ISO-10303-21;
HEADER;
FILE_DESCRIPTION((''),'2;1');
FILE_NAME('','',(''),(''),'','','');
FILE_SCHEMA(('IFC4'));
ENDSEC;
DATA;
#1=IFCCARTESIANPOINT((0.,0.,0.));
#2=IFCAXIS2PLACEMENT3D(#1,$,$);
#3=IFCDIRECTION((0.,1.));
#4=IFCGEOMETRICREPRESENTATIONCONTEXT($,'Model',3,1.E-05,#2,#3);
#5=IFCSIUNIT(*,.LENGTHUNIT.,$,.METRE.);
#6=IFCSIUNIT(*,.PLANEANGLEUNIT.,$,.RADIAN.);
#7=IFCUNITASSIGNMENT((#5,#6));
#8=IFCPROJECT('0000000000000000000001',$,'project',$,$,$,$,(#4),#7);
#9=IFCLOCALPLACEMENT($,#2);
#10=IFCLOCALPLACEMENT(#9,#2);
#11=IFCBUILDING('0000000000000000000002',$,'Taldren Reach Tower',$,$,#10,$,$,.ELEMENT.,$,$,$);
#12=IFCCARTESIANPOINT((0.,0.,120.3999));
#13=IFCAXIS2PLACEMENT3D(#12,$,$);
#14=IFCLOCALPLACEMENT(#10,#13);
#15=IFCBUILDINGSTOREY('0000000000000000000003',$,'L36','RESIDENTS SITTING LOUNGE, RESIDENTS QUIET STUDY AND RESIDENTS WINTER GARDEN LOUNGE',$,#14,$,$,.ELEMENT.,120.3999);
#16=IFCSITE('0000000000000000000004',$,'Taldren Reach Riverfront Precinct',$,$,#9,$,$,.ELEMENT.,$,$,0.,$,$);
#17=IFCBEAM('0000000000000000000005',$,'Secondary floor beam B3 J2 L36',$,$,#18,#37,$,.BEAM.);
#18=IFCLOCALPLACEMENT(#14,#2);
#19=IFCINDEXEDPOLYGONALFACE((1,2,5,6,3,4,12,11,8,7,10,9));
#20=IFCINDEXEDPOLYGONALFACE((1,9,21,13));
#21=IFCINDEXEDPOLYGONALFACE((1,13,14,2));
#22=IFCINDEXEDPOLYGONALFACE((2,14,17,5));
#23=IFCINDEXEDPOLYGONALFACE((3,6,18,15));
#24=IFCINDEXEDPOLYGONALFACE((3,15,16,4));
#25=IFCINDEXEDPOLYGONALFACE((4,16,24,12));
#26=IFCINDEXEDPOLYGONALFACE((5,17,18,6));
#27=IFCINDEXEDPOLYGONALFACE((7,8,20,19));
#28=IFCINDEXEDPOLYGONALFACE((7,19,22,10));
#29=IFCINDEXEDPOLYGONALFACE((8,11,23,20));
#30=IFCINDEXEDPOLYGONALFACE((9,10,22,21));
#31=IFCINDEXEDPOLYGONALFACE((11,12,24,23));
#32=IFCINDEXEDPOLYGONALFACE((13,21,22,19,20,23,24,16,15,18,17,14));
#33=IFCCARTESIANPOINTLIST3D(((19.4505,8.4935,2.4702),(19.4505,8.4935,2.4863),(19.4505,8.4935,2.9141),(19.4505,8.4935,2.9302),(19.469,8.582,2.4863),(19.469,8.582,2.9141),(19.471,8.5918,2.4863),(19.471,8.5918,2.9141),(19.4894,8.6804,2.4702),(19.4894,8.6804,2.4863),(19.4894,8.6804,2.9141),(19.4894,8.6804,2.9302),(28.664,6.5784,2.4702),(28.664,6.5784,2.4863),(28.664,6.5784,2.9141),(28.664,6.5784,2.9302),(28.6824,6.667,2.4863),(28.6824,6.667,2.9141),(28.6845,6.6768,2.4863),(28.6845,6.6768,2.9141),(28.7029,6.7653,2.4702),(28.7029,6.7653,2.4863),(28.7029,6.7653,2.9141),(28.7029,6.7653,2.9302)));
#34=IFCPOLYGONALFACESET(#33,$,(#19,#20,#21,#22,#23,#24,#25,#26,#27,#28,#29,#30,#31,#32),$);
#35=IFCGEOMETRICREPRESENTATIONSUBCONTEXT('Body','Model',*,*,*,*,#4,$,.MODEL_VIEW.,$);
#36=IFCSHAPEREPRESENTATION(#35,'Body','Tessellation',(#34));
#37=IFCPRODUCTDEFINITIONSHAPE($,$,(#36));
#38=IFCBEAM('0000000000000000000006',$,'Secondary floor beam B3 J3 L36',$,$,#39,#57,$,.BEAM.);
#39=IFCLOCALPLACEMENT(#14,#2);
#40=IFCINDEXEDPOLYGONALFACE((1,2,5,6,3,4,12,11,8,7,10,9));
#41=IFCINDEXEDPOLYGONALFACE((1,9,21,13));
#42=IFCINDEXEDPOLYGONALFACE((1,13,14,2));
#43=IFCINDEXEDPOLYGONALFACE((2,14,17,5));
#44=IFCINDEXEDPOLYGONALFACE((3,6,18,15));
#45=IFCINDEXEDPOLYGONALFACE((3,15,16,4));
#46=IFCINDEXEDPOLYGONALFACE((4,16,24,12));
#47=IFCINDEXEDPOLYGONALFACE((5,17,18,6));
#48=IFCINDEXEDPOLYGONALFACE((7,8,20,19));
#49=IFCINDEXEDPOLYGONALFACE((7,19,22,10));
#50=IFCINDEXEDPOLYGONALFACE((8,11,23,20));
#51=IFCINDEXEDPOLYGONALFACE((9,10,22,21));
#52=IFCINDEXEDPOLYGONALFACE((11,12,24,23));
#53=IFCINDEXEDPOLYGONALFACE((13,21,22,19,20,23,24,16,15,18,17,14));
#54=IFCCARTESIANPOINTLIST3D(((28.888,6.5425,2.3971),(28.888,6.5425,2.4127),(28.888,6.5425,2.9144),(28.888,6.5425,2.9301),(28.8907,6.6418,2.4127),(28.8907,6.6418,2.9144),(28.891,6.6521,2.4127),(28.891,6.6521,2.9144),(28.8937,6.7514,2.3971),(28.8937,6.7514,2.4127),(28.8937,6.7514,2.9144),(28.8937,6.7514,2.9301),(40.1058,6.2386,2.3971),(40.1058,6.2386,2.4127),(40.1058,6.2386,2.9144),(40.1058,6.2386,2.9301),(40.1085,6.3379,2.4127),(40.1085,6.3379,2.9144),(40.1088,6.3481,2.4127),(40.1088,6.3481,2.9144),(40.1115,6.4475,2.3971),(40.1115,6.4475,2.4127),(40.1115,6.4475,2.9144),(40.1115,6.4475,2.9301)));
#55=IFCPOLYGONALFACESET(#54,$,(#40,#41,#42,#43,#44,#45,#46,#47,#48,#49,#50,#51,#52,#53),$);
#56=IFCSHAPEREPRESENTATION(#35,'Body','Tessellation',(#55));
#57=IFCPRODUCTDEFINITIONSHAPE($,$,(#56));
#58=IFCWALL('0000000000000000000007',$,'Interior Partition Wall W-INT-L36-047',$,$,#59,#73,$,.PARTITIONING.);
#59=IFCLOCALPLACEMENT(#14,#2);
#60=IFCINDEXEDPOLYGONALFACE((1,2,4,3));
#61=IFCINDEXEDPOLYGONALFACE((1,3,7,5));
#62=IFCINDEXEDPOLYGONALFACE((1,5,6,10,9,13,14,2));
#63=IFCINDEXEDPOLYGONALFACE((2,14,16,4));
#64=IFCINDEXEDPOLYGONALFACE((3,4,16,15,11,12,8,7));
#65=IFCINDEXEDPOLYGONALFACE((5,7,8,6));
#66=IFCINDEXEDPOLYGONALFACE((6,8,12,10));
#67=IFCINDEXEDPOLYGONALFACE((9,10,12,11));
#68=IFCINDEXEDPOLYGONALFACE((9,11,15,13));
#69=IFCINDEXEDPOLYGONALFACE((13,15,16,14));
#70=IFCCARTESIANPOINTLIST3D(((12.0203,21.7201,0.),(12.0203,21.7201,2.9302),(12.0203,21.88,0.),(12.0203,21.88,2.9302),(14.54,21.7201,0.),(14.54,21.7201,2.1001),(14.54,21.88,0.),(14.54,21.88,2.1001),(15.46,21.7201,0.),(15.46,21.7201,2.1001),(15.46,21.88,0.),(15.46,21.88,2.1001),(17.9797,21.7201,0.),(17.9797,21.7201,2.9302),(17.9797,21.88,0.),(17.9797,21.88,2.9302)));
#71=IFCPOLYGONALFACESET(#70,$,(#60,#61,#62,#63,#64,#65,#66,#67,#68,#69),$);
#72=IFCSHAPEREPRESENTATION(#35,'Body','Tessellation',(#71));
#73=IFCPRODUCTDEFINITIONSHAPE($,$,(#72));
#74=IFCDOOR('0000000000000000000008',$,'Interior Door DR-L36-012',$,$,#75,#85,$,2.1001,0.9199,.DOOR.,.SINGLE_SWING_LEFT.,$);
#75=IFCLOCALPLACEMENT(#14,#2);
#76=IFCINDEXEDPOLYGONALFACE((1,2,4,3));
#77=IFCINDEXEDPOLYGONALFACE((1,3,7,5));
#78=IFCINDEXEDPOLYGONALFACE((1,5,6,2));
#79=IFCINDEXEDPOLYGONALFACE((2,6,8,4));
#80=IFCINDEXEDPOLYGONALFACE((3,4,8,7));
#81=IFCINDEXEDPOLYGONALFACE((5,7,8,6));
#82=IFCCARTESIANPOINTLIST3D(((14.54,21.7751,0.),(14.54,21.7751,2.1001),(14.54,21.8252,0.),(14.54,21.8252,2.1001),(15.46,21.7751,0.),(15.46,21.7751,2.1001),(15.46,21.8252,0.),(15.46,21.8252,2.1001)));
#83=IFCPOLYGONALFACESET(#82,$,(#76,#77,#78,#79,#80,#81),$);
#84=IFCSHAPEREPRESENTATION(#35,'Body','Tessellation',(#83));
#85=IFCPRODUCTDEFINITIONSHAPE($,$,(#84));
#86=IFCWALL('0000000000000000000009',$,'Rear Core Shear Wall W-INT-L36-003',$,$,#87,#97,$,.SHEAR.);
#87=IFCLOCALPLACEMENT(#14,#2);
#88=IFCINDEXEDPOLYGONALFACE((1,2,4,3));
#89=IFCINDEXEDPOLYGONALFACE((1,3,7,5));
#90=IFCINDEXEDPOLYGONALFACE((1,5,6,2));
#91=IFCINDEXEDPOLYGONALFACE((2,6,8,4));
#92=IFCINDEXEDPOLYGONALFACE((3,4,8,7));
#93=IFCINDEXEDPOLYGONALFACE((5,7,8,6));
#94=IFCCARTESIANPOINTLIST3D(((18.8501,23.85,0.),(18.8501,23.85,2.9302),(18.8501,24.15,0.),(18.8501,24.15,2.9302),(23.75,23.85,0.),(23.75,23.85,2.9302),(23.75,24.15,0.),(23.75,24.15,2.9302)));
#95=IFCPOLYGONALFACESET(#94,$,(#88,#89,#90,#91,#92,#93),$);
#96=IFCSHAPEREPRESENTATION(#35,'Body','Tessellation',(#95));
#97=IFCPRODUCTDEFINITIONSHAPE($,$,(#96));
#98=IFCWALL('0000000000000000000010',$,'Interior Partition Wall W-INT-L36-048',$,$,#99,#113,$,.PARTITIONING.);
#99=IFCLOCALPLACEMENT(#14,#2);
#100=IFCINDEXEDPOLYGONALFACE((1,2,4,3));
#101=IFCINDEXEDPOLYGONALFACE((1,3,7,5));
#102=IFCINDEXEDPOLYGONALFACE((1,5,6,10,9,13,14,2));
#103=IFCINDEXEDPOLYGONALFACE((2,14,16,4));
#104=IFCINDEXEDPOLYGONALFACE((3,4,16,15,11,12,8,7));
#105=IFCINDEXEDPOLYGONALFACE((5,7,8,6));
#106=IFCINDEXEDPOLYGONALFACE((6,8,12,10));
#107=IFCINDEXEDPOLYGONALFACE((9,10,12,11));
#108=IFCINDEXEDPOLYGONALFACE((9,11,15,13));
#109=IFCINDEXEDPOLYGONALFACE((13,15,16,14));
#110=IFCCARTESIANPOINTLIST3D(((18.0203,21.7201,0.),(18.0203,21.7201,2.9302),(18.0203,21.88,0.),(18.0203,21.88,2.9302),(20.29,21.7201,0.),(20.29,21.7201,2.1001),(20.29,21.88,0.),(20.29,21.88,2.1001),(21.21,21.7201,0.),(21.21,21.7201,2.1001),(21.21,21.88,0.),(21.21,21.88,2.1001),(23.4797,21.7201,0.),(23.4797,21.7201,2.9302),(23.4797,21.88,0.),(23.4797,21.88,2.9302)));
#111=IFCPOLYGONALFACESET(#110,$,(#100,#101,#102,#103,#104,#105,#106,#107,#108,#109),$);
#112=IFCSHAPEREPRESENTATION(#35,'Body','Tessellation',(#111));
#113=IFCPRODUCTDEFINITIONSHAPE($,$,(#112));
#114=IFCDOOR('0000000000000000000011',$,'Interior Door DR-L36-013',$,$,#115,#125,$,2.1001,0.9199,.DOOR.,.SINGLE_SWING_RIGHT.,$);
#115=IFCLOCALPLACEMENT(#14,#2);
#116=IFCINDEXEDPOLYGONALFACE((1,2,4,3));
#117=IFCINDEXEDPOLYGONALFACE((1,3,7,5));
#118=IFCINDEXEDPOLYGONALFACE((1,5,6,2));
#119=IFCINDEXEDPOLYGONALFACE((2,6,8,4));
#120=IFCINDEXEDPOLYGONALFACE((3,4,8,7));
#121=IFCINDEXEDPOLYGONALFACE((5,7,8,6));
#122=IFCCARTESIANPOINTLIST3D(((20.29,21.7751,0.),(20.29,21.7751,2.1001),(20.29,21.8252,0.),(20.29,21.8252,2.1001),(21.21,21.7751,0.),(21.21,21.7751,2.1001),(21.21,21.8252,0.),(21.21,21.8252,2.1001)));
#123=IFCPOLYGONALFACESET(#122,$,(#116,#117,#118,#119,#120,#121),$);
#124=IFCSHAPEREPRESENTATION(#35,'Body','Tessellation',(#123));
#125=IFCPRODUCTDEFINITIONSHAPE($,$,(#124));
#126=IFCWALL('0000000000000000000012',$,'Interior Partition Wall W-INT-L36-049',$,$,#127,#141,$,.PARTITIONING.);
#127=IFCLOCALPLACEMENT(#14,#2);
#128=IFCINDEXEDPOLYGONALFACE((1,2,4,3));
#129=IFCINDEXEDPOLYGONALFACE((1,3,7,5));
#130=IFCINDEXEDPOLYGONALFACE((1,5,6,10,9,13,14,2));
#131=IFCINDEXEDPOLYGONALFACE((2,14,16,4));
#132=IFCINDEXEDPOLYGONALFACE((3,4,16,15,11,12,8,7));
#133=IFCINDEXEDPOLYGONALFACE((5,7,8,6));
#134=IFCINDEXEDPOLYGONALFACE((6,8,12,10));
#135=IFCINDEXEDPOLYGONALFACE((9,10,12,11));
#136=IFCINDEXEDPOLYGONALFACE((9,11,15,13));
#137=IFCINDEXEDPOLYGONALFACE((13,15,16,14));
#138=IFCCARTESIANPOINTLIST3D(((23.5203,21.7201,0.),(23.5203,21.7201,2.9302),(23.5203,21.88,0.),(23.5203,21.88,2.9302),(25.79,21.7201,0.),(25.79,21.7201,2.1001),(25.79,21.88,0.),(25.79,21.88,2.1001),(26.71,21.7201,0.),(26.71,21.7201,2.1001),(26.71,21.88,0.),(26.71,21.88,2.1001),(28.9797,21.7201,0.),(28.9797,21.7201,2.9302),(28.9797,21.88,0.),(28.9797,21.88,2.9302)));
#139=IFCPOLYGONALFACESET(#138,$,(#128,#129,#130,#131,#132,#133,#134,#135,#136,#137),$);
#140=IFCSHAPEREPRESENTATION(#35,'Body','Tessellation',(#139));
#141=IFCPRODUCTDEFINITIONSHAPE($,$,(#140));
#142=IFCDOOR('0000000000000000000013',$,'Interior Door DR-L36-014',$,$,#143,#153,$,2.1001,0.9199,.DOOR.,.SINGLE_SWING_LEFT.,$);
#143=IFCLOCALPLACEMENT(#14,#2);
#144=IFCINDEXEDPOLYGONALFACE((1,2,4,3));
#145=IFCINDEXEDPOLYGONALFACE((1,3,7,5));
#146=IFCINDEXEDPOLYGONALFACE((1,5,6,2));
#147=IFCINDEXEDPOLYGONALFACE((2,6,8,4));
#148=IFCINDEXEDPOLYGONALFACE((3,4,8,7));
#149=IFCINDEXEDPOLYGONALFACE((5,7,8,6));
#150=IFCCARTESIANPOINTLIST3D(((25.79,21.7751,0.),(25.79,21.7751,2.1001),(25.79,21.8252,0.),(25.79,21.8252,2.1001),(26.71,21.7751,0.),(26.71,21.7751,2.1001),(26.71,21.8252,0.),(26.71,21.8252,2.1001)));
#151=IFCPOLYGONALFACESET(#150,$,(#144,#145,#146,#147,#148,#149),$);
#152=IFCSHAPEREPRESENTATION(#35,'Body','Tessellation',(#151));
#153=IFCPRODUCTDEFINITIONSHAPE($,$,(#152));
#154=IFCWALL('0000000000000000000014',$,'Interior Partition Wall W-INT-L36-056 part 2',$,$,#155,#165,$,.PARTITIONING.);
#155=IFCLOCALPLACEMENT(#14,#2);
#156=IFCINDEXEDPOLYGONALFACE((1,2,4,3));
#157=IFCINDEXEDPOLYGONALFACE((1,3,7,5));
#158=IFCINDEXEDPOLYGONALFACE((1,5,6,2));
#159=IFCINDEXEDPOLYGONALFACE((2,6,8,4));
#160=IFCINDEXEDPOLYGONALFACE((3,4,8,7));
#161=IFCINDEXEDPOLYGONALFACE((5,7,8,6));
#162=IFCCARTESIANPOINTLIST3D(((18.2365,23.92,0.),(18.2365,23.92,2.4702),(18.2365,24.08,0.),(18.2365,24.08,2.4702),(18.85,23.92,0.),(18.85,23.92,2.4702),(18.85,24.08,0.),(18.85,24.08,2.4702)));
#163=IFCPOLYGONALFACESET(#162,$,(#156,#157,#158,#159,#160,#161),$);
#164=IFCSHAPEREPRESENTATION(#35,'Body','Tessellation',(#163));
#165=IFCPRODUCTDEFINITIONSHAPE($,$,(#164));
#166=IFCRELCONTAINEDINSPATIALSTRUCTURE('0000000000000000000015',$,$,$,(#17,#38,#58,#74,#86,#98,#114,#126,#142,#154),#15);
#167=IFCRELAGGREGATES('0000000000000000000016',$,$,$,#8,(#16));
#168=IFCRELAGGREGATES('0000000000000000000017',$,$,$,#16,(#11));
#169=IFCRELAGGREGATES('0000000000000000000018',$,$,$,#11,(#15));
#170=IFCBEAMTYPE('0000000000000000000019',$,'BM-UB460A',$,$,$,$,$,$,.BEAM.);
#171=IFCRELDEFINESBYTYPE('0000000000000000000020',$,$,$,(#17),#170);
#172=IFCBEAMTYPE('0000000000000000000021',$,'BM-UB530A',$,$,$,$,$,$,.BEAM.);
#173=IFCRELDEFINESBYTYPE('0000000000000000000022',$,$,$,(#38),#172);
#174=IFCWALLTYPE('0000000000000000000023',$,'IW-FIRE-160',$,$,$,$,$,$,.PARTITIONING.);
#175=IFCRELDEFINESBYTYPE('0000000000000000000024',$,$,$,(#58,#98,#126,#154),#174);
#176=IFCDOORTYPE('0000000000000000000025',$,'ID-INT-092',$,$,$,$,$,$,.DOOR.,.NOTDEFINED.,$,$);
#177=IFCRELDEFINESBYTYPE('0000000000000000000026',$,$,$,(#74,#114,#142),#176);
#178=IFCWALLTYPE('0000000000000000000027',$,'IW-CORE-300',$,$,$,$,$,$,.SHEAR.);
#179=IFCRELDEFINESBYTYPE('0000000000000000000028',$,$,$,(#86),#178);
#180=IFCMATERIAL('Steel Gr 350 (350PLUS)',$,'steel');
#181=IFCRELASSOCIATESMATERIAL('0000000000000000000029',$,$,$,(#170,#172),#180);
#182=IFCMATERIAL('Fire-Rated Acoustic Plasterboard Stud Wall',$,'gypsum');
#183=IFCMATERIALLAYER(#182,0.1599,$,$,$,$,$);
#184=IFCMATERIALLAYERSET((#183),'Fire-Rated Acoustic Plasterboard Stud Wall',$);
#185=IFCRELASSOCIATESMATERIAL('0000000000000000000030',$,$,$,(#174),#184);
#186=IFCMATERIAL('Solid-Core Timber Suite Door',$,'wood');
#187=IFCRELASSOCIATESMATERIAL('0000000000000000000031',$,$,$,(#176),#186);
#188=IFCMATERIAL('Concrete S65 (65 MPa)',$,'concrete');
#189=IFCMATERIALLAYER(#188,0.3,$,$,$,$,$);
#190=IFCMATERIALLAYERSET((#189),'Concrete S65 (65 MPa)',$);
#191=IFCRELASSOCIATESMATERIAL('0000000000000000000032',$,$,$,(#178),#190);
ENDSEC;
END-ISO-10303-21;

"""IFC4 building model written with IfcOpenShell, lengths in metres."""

from ifc_helpers import new_model, si_unit, direction, frame, frame_2d, origin, origin_2d, place, context, subcontext, project, spatial, rectangle, i_section, extrude, source, transform, mapped, material, layer, layer_set, material_profile, profile_set, type_object, element, fill, save


model = new_model("IFC4")

# Units and contexts
model_context = context("Model", 3, precision=1e-05, world=origin(), true_north=direction((0.0, 1.0)))
body_context = subcontext(model_context, "Body", "Model", "MODEL_VIEW")
ifc_project = project(units=[si_unit("LENGTHUNIT", "METRE"), si_unit("PLANEANGLEUNIT", "RADIAN")], contexts=[model_context])

# Site, building, storey
site_placement = place(None, origin())
site = spatial("IfcSite", under=ifc_project, at=site_placement, Name="Taldren Reach Riverfront Precinct", CompositionType="ELEMENT", RefElevation=0.0)
building_placement = place(site_placement, origin())
building = spatial("IfcBuilding", under=site, at=building_placement, Name="Taldren Reach Tower", CompositionType="ELEMENT")
storey_placement = place(building_placement, frame((0.0, 0.0, 120.3999)))
storey = spatial("IfcBuildingStorey", under=building, at=storey_placement, Name="L36", Description="RESIDENTS SITTING LOUNGE, RESIDENTS QUIET STUDY AND RESIDENTS WINTER GARDEN LOUNGE", CompositionType="ELEMENT", Elevation=120.3999)

# Shared definitions
ifc_material_1 = material(Name="Steel Gr 350 (350PLUS)", Category="steel")

# Shared definitions
ifc_material_profile_1 = material_profile(ifc_material_1, i_section(OverallWidth=0.1909, OverallDepth=0.46, WebThickness=0.01, FlangeThickness=0.0161, at=origin_2d()), Name="460UB82.1")
ifc_profile_set_1 = profile_set([ifc_material_profile_1], Name="Steel Gr 350 (350PLUS)")
beam_type_1 = type_object("IfcBeamType", Name="BM-UB460A", PredefinedType="BEAM", material=ifc_profile_set_1)
ifc_material_profile_2 = material_profile(ifc_material_1, i_section(OverallWidth=0.209, OverallDepth=0.533, WebThickness=0.0103, FlangeThickness=0.0156, at=origin_2d()), Name="530UB92.4")
ifc_profile_set_2 = profile_set([ifc_material_profile_2], Name="Steel Gr 350 (350PLUS)")
beam_type_2 = type_object("IfcBeamType", Name="BM-UB530A", PredefinedType="BEAM", material=ifc_profile_set_2)

# Beams
shared_shape_1 = source(origin(), body_context, "Body", "SweptSolid", [
    extrude(i_section(OverallWidth=0.1909, OverallDepth=0.46, WebThickness=0.01, FlangeThickness=0.0161, at=origin_2d()), origin(), (0.0, 0.0, 1.0), 9.4104),
])
beam_1_placement = place(storey_placement, frame((19.47, 8.5869, 2.7002), z_axis=(0.979074, -0.203505, 0.0), x_axis=(0.203505, 0.979074, 0.0)))
element("IfcBeam", 1, at=beam_1_placement, inside=storey, type_object=beam_type_1, Name="Secondary floor beam B3 J2 L36", PredefinedType="BEAM", context=body_context, shape_type="MappedRepresentation", body=[
    mapped(shared_shape_1, transform((0.0, 0.0, 0.0), scale=1.0)),
])
shared_shape_2 = source(origin(), body_context, "Body", "SweptSolid", [
    extrude(i_section(OverallWidth=0.209, OverallDepth=0.533, WebThickness=0.0103, FlangeThickness=0.0156, at=origin_2d()), origin(), (0.0, 0.0, 1.0), 11.2219),
])
beam_2_placement = place(storey_placement, frame((28.8909, 6.647, 2.6636), z_axis=(0.999633, -0.027086, 0.0), x_axis=(0.027086, 0.999633, 0.0)))
element("IfcBeam", 2, at=beam_2_placement, inside=storey, type_object=beam_type_2, Name="Secondary floor beam B3 J3 L36", PredefinedType="BEAM", context=body_context, shape_type="MappedRepresentation", body=[
    mapped(shared_shape_2, transform((0.0, 0.0, 0.0), scale=1.0)),
])

# Wall, opening, door
ifc_material_2 = material(Name="Fire-Rated Acoustic Plasterboard Stud Wall", Category="gypsum")
ifc_layer_1 = layer(ifc_material_2, 0.1599)
ifc_layer_set_1 = layer_set([ifc_layer_1], Name="Fire-Rated Acoustic Plasterboard Stud Wall")
wall_type_1 = type_object("IfcWallType", Name="IW-FIRE-160", PredefinedType="PARTITIONING", material=ifc_layer_set_1)
shared_shape_3 = source(origin(), body_context, "Body", "SweptSolid", [
    extrude(rectangle(XDim=5.9595, YDim=0.1599, at=frame_2d((2.9797, 0.0))), origin(), (0.0, 0.0, 1.0), 2.9302),
])
wall_1_placement = place(storey_placement, frame((17.9797, 21.8, 0.0), z_axis=(0.0, 0.0, 1.0), x_axis=(-1.0, 0.0, 0.0)))
wall_1 = element("IfcWall", 3, at=wall_1_placement, inside=storey, type_object=wall_type_1, Name="Interior Partition Wall W-INT-L36-047", PredefinedType="PARTITIONING", context=body_context, shape_type="MappedRepresentation", body=[
    mapped(shared_shape_3, transform((0.0, 0.0, 0.0), scale=1.0)),
])
shared_shape_4 = source(origin(), body_context, "Body", "SweptSolid", [
    extrude(rectangle(XDim=0.9199, YDim=2.1001, at=frame_2d((0.46, 1.05))), frame((0.0, 0.0898, 0.0), z_axis=(0.0, -1.0, 0.0), x_axis=(1.0, 0.0, 0.0)), (0.0, 0.0, 1.0), 0.1799),
])
opening_1_placement = place(wall_1_placement, frame((2.5198, 0.0, 0.0)))
opening_1 = element("IfcOpeningElement", 4, at=opening_1_placement, cuts=wall_1, PredefinedType="OPENING", context=body_context, shape_type="MappedRepresentation", body=[
    mapped(shared_shape_4, transform((0.0, 0.0, 0.0), scale=1.0)),
])
ifc_material_3 = material(Name="Solid-Core Timber Suite Door", Category="wood")
door_type = type_object("IfcDoorType", Name="ID-INT-092", OperationType="NOTDEFINED", PredefinedType="DOOR", material=ifc_material_3)
shared_shape_5 = source(origin(), body_context, "Body", "SweptSolid", [
    extrude(rectangle(XDim=0.9199, YDim=2.1001, at=frame_2d((0.46, 1.05))), frame((0.0, 0.0249, 0.0), z_axis=(0.0, -1.0, 0.0), x_axis=(1.0, 0.0, 0.0)), (0.0, 0.0, 1.0), 0.05),
])
door_1_placement = place(opening_1_placement, origin())
door_1 = element("IfcDoor", 5, at=door_1_placement, inside=storey, type_object=door_type, Name="Interior Door DR-L36-012", OperationType="SINGLE_SWING_LEFT", OverallHeight=2.1001, OverallWidth=0.9199, PredefinedType="DOOR", context=body_context, shape_type="MappedRepresentation", body=[
    mapped(shared_shape_5, transform((0.0, 0.0, 0.0), scale=1.0)),
])
fill(opening_1, door_1)

# Wall
ifc_material_4 = material(Name="Concrete S65 (65 MPa)", Category="concrete")
ifc_layer_2 = layer(ifc_material_4, 0.3)
ifc_layer_set_2 = layer_set([ifc_layer_2], Name="Concrete S65 (65 MPa)")
wall_type_2 = type_object("IfcWallType", Name="IW-CORE-300", PredefinedType="SHEAR", material=ifc_layer_set_2)
shared_shape_6 = source(origin(), body_context, "Body", "SweptSolid", [
    extrude(rectangle(XDim=4.8999, YDim=0.3, at=frame_2d((2.45, 0.0))), origin(), (0.0, 0.0, 1.0), 2.9302),
])
wall_2_placement = place(storey_placement, frame((18.8501, 24.0, 0.0), z_axis=(0.0, 0.0, 1.0), x_axis=(1.0, 0.0, 0.0)))
element("IfcWall", 6, at=wall_2_placement, inside=storey, type_object=wall_type_2, Name="Rear Core Shear Wall W-INT-L36-003", PredefinedType="SHEAR", context=body_context, shape_type="MappedRepresentation", body=[
    mapped(shared_shape_6, transform((0.0, 0.0, 0.0), scale=1.0)),
])

# Walls, openings, doors
shared_shape_7 = source(origin(), body_context, "Body", "SweptSolid", [
    extrude(rectangle(XDim=5.4595, YDim=0.1599, at=frame_2d((2.7297, 0.0))), origin(), (0.0, 0.0, 1.0), 2.9302),
])
wall_3_placement = place(storey_placement, frame((23.4797, 21.8, 0.0), z_axis=(0.0, 0.0, 1.0), x_axis=(-1.0, 0.0, 0.0)))
wall_3 = element("IfcWall", 7, at=wall_3_placement, inside=storey, type_object=wall_type_1, Name="Interior Partition Wall W-INT-L36-048", PredefinedType="PARTITIONING", context=body_context, shape_type="MappedRepresentation", body=[
    mapped(shared_shape_7, transform((0.0, 0.0, 0.0), scale=1.0)),
])
opening_2_placement = place(wall_3_placement, frame((2.2698, 0.0, 0.0)))
opening_2 = element("IfcOpeningElement", 8, at=opening_2_placement, cuts=wall_3, PredefinedType="OPENING", context=body_context, shape_type="MappedRepresentation", body=[
    mapped(shared_shape_4, transform((0.0, 0.0, 0.0), scale=1.0)),
])
door_2_placement = place(opening_2_placement, origin())
door_2 = element("IfcDoor", 9, at=door_2_placement, inside=storey, type_object=door_type, Name="Interior Door DR-L36-013", OperationType="SINGLE_SWING_RIGHT", OverallHeight=2.1001, OverallWidth=0.9199, PredefinedType="DOOR", context=body_context, shape_type="MappedRepresentation", body=[
    mapped(shared_shape_5, transform((0.0, 0.0, 0.0), scale=1.0)),
])
fill(opening_2, door_2)
wall_4_placement = place(storey_placement, frame((28.9797, 21.8, 0.0), z_axis=(0.0, 0.0, 1.0), x_axis=(-1.0, 0.0, 0.0)))
wall_4 = element("IfcWall", 10, at=wall_4_placement, inside=storey, type_object=wall_type_1, Name="Interior Partition Wall W-INT-L36-049", PredefinedType="PARTITIONING", context=body_context, shape_type="MappedRepresentation", body=[
    mapped(shared_shape_7, transform((0.0, 0.0, 0.0), scale=1.0)),
])
opening_3_placement = place(wall_4_placement, frame((2.2698, 0.0, 0.0)))
opening_3 = element("IfcOpeningElement", 11, at=opening_3_placement, cuts=wall_4, PredefinedType="OPENING", context=body_context, shape_type="MappedRepresentation", body=[
    mapped(shared_shape_4, transform((0.0, 0.0, 0.0), scale=1.0)),
])
door_3_placement = place(opening_3_placement, origin())
door_3 = element("IfcDoor", 12, at=door_3_placement, inside=storey, type_object=door_type, Name="Interior Door DR-L36-014", OperationType="SINGLE_SWING_LEFT", OverallHeight=2.1001, OverallWidth=0.9199, PredefinedType="DOOR", context=body_context, shape_type="MappedRepresentation", body=[
    mapped(shared_shape_5, transform((0.0, 0.0, 0.0), scale=1.0)),
])
fill(opening_3, door_3)

# Wall
shared_shape_8 = source(origin(), body_context, "Body", "SweptSolid", [
    extrude(rectangle(XDim=0.6135, YDim=0.1599, at=frame_2d((0.3066, 0.0))), origin(), (0.0, 0.0, 1.0), 2.4702),
])
wall_5_placement = place(storey_placement, frame((18.2366, 24.0, 0.0), z_axis=(0.0, 0.0, 1.0), x_axis=(1.0, 0.0, 0.0)))
element("IfcWall", 13, at=wall_5_placement, inside=storey, type_object=wall_type_1, Name="Interior Partition Wall W-INT-L36-056 part 2", PredefinedType="PARTITIONING", context=body_context, shape_type="MappedRepresentation", body=[
    mapped(shared_shape_8, transform((0.0, 0.0, 0.0), scale=1.0)),
])

save(model, "model.ifc")
